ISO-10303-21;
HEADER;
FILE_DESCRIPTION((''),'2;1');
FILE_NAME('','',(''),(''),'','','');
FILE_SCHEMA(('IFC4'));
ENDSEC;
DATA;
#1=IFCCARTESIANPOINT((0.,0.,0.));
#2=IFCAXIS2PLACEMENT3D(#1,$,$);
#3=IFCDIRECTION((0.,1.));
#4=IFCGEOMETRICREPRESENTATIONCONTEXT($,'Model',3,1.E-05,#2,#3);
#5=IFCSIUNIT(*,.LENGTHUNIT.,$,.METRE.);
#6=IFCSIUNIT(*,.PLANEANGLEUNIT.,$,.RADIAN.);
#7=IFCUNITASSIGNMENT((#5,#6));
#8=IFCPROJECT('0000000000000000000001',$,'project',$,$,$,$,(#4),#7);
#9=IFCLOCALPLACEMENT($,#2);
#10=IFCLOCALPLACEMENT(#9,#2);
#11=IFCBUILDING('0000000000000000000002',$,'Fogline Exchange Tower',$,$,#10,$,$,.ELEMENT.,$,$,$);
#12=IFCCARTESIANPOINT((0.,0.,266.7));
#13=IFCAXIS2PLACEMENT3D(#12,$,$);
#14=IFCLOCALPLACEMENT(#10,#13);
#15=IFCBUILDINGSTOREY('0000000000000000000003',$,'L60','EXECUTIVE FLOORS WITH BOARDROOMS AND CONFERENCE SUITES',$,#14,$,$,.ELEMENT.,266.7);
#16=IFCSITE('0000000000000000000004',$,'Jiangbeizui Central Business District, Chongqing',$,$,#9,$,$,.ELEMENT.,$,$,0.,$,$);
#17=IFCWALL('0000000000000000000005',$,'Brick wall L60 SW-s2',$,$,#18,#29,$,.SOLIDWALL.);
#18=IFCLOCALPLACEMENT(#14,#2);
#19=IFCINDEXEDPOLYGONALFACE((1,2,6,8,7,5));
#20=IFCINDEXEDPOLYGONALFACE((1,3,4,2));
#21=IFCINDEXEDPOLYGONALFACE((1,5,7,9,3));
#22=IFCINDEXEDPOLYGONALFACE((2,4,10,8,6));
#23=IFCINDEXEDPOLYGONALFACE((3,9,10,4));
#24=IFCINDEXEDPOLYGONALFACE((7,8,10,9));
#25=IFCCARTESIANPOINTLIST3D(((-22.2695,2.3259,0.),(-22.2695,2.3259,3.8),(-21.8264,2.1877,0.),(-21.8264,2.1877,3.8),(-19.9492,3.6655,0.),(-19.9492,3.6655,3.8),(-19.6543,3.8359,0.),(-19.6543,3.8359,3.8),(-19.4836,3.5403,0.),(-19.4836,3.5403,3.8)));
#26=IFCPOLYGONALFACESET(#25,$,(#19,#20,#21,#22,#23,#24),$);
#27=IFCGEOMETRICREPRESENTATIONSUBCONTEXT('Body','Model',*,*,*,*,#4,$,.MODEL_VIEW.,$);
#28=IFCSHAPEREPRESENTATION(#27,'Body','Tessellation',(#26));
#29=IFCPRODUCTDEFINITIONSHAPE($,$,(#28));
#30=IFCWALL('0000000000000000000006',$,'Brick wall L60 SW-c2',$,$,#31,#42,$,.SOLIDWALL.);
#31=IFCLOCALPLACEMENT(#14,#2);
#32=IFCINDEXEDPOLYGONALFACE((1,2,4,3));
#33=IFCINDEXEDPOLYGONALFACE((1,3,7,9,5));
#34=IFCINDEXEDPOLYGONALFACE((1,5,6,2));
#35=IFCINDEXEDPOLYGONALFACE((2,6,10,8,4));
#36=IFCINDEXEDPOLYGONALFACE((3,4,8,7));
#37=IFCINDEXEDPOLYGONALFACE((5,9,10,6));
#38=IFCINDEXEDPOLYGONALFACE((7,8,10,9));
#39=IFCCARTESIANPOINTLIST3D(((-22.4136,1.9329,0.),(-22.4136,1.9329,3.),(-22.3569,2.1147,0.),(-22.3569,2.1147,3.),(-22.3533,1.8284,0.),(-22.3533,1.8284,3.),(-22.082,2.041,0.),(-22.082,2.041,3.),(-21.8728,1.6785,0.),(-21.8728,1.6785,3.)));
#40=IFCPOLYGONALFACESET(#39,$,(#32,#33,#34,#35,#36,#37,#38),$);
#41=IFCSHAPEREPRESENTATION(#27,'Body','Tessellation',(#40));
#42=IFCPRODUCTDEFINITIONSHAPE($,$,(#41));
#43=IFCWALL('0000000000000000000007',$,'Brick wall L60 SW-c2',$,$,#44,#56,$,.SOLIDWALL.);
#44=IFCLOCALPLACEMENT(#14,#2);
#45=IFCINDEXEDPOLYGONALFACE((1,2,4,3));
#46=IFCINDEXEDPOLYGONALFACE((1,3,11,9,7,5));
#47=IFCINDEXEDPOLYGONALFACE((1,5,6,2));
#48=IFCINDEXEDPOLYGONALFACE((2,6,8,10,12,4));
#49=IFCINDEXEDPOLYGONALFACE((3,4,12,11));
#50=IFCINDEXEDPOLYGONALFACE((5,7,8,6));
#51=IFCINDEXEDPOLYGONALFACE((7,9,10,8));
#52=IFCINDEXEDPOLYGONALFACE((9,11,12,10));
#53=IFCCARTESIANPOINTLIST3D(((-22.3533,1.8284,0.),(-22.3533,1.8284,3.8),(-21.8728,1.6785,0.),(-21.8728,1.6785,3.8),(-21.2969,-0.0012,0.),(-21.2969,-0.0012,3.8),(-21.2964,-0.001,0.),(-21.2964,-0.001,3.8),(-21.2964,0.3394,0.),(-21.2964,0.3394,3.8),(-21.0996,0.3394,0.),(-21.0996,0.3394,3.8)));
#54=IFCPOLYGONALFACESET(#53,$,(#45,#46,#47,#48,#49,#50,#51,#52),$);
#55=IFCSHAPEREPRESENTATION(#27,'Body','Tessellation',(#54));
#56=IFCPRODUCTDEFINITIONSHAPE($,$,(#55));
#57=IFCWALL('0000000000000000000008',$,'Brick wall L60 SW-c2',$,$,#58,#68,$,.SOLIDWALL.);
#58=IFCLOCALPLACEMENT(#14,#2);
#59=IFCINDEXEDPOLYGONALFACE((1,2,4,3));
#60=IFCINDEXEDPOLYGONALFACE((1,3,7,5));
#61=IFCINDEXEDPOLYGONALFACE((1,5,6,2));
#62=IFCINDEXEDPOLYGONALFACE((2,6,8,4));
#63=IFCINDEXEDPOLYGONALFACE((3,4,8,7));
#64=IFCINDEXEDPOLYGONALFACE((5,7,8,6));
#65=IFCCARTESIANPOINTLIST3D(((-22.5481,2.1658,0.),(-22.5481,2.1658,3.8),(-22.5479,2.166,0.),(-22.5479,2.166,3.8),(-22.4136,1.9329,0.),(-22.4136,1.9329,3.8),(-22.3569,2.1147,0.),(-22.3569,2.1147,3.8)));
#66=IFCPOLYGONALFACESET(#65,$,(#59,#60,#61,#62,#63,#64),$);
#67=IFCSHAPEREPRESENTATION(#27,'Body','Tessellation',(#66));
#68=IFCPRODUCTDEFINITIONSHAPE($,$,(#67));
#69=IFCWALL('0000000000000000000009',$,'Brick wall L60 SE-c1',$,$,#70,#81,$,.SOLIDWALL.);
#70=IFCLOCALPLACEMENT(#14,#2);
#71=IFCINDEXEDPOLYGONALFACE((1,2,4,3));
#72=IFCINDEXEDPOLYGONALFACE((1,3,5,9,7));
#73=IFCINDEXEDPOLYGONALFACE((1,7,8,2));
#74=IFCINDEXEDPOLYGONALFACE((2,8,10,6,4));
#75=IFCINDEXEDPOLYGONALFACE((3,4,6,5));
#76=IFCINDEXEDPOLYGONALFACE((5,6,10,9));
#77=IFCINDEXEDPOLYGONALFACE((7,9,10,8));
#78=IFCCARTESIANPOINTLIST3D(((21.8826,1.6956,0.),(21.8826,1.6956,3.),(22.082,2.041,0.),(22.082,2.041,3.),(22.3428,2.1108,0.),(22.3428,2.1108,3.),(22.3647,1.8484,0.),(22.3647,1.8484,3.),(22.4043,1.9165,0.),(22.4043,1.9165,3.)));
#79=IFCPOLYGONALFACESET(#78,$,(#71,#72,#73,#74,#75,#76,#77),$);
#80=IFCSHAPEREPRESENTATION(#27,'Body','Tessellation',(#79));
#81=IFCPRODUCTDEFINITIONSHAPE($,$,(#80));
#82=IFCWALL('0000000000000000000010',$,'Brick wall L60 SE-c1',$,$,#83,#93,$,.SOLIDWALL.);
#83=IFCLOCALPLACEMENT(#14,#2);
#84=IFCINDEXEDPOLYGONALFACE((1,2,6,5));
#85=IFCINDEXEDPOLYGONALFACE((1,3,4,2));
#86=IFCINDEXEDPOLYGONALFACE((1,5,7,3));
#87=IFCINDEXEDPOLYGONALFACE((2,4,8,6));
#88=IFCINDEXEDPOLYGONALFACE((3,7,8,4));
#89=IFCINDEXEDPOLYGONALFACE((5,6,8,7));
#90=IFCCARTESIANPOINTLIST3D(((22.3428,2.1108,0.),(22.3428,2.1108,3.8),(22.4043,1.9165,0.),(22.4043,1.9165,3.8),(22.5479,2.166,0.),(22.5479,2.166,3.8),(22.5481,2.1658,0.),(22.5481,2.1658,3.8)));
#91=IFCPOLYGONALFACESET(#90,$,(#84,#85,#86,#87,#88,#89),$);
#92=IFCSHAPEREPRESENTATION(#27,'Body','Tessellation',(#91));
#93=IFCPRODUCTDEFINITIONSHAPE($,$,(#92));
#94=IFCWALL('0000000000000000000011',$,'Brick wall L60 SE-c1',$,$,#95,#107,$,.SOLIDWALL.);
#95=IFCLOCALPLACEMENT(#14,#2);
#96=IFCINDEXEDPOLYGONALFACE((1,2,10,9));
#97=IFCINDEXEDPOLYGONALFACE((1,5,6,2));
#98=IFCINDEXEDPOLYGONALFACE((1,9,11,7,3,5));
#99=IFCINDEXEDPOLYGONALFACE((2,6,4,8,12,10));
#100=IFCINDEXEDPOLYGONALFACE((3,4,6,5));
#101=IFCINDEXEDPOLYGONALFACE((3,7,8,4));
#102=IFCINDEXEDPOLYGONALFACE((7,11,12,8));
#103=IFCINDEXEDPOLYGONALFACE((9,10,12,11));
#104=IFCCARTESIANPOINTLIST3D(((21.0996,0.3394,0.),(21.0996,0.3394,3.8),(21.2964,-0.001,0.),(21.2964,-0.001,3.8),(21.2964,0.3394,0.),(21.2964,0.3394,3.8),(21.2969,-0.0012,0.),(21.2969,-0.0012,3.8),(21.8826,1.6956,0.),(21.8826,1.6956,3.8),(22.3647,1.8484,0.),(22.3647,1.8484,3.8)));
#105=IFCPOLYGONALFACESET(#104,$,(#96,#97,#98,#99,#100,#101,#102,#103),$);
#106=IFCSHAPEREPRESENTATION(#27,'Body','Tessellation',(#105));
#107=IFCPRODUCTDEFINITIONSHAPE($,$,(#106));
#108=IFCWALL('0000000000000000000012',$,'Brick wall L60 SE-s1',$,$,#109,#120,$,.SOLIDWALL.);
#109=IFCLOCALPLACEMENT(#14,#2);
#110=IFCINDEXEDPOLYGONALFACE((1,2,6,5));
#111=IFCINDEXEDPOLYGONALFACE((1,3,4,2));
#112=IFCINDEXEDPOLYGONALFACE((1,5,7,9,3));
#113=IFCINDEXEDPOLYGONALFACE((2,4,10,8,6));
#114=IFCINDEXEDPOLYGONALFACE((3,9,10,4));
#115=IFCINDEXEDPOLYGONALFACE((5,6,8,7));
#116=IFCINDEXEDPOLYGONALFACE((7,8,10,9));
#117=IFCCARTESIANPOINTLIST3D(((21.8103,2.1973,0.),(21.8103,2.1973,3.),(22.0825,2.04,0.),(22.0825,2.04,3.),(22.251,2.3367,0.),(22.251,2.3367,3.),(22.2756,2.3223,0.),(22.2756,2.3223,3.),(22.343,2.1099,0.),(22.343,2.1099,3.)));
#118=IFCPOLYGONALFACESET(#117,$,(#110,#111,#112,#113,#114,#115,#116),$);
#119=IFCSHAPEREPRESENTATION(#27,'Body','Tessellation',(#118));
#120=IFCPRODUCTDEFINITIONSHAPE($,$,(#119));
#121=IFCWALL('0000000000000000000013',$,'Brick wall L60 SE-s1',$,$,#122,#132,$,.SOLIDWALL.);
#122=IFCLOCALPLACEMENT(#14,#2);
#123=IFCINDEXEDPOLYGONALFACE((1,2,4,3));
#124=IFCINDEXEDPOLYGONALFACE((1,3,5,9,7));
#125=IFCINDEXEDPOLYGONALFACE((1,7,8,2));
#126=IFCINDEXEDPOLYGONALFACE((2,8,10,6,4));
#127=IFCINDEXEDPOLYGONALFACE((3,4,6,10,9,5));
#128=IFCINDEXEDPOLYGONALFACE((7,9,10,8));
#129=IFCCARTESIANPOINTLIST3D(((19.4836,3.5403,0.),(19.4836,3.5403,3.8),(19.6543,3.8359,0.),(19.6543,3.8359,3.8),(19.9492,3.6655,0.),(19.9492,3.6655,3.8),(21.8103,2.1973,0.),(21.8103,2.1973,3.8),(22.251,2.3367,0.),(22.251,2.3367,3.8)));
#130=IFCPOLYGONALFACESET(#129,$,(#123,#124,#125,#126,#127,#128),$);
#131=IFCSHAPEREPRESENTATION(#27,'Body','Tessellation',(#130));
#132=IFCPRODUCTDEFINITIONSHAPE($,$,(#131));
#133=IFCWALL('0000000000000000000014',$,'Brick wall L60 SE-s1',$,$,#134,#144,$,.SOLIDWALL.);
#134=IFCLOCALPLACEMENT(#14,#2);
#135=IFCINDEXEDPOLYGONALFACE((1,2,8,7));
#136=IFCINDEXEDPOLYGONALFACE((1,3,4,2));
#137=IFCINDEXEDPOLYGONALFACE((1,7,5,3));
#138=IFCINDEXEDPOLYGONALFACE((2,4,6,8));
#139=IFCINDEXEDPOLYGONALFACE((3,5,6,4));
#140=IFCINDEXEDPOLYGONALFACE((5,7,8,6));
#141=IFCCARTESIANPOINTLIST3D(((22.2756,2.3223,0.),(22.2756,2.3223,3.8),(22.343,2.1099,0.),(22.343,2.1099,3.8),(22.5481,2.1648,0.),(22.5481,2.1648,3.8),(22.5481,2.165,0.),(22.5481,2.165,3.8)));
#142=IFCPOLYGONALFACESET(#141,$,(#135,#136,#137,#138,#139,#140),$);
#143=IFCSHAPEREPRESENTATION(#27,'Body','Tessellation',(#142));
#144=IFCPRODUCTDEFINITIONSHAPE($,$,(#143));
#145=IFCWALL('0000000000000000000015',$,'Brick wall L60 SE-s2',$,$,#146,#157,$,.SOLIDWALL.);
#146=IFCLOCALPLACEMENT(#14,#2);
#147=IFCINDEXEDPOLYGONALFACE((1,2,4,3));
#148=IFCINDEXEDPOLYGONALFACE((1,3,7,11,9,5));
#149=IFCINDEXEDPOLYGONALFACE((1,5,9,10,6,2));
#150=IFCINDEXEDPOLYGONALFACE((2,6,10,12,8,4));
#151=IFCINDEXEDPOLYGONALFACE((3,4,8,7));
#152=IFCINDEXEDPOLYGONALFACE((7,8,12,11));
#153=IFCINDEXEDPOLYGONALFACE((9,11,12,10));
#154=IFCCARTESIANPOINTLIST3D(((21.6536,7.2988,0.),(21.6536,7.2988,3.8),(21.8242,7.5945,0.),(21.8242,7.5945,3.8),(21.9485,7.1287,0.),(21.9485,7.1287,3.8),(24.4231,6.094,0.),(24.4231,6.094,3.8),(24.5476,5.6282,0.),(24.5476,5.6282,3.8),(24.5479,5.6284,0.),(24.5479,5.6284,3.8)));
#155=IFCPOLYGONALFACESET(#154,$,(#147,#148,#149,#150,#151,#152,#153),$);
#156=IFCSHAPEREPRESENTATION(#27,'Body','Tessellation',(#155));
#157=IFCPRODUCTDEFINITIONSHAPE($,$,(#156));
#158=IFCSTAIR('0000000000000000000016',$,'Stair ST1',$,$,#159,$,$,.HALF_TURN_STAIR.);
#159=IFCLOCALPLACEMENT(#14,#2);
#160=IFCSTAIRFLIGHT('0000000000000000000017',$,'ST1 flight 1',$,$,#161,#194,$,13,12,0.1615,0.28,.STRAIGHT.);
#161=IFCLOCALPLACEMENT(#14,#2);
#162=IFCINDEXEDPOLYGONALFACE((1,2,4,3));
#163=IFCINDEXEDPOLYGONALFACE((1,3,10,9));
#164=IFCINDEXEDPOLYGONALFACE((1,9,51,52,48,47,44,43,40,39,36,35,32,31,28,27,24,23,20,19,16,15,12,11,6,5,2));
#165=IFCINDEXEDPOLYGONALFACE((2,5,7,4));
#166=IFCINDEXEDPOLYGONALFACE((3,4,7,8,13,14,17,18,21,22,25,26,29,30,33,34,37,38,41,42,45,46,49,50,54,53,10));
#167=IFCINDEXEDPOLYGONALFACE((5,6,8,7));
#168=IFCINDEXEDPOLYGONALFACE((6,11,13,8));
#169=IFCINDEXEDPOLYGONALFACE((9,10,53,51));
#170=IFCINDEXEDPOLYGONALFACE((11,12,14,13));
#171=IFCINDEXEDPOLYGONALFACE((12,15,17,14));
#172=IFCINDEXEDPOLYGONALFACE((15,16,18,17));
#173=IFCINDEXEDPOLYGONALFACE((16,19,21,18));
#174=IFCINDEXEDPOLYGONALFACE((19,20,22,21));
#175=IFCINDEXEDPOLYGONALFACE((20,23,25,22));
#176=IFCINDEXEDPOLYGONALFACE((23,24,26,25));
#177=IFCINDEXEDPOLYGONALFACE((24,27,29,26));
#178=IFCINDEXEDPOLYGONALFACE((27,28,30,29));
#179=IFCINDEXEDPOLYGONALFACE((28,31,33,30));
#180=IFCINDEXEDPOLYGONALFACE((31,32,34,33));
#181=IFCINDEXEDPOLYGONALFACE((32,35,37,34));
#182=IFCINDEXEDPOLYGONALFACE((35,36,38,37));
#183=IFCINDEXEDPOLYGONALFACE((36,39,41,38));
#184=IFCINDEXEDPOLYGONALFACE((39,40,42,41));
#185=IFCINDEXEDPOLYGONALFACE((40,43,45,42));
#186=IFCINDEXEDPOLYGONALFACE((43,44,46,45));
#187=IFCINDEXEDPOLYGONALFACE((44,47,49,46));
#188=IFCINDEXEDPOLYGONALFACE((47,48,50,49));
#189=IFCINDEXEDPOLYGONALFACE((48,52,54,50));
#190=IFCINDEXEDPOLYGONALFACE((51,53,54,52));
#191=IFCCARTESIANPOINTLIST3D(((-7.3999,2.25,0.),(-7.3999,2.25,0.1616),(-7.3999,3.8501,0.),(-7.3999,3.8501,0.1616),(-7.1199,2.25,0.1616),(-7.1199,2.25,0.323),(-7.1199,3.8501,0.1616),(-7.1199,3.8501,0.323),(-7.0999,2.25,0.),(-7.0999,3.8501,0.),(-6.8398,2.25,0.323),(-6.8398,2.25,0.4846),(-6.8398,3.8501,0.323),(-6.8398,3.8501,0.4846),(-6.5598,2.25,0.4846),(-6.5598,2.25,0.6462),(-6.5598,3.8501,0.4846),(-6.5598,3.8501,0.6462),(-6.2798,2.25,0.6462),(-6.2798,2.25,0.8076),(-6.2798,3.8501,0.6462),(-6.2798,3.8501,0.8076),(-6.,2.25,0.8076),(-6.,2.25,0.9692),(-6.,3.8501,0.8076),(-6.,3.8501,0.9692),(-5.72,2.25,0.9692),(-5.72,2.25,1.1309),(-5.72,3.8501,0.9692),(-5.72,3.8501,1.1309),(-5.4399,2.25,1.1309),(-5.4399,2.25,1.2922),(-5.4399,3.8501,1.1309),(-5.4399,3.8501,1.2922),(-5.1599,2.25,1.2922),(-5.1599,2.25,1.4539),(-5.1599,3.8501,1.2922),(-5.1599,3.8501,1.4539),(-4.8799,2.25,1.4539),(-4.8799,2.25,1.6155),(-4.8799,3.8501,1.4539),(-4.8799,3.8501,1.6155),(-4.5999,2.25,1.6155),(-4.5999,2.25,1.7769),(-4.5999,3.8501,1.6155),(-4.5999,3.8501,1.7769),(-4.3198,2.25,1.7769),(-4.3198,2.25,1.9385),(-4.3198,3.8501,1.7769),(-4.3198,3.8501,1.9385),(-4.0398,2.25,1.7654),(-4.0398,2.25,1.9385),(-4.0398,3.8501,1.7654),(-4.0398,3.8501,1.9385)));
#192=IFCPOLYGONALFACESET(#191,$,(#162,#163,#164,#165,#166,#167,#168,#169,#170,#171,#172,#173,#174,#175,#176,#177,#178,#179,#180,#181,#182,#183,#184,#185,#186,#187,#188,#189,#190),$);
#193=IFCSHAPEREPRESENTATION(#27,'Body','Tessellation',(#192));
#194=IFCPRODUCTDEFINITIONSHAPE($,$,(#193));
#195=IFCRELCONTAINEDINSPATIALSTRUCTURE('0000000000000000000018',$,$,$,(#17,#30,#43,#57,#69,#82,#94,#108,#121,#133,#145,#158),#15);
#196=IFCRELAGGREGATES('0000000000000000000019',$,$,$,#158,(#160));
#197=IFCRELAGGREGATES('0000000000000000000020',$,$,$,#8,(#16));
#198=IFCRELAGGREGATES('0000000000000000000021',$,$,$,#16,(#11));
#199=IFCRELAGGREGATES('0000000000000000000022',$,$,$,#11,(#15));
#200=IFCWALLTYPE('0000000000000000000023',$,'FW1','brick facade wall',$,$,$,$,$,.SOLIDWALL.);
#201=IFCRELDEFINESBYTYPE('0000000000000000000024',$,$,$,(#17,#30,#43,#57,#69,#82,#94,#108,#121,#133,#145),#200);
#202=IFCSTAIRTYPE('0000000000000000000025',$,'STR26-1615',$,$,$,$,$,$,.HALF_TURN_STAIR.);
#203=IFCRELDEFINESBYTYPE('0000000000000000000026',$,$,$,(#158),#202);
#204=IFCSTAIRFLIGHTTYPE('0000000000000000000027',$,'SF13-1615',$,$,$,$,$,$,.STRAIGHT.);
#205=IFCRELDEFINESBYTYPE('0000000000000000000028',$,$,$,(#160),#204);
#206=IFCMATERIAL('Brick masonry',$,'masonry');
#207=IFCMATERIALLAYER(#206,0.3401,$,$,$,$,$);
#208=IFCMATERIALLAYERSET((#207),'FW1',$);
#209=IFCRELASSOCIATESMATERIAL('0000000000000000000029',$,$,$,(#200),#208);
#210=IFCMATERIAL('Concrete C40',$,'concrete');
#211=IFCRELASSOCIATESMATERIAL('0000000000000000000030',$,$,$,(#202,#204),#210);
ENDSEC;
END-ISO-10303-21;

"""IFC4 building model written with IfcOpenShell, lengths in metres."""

from ifc_helpers import new_model, si_unit, direction, frame, origin, place, context, subcontext, project, spatial, polyline, outline, extrude, material, layer, layer_set, type_object, element, aggregate, save


model = new_model("IFC4")

# Units and contexts
model_context = context("Model", 3, precision=1e-05, world=origin(), true_north=direction((0.0, 1.0)))
body_context = subcontext(model_context, "Body", "Model", "MODEL_VIEW")
ifc_project = project(units=[si_unit("LENGTHUNIT", "METRE"), si_unit("PLANEANGLEUNIT", "RADIAN")], contexts=[model_context])

# Site, building, storey
site_placement = place(None, origin())
site = spatial("IfcSite", under=ifc_project, at=site_placement, Name="Jiangbeizui Central Business District, Chongqing", CompositionType="ELEMENT", RefElevation=0.0)
building_placement = place(site_placement, origin())
building = spatial("IfcBuilding", under=site, at=building_placement, Name="Fogline Exchange Tower", CompositionType="ELEMENT")
storey_placement = place(building_placement, frame((0.0, 0.0, 266.7)))
storey = spatial("IfcBuildingStorey", under=building, at=storey_placement, Name="L60", Description="EXECUTIVE FLOORS WITH BOARDROOMS AND CONFERENCE SUITES", CompositionType="ELEMENT", Elevation=266.7)

# Shared definitions
ifc_material_1 = material(Name="Concrete C40", Category="concrete")

# Walls
ifc_material_2 = material(Name="Brick masonry", Category="masonry")
ifc_layer_1 = layer(ifc_material_2, 0.3401)
ifc_layer_set_1 = layer_set([ifc_layer_1], Name="FW1")
wall_type_1 = type_object("IfcWallType", Name="FW1", Description="brick facade wall", PredefinedType="SOLIDWALL", material=ifc_layer_set_1)
wall_1_placement = place(storey_placement, origin())
element("IfcWall", 1, at=wall_1_placement, inside=storey, type_object=wall_type_1, Name="Brick wall L60 SW-s2", PredefinedType="SOLIDWALL", context=body_context, shape_type="SweptSolid", body=[
    extrude(outline(polyline([(-19.9492, 3.6655), (-19.6543, 3.8359), (-19.4836, 3.5403), (-21.8264, 2.1877), (-22.2695, 2.3259), (-19.9492, 3.6655)])), origin(), (0.0, 0.0, 1.0), 3.8),
])
wall_2_placement = place(storey_placement, origin())
element("IfcWall", 2, at=wall_2_placement, inside=storey, type_object=wall_type_1, Name="Brick wall L60 SW-c2", PredefinedType="SOLIDWALL", context=body_context, shape_type="SweptSolid", body=[
    extrude(outline(polyline([(-22.4136, 1.9329), (-22.3569, 2.1147), (-22.082, 2.041), (-21.8728, 1.6785), (-22.3533, 1.8284), (-22.4136, 1.9329)])), origin(), (0.0, 0.0, 1.0), 3.0),
])
wall_3_placement = place(storey_placement, origin())
element("IfcWall", 3, at=wall_3_placement, inside=storey, type_object=wall_type_1, Name="Brick wall L60 SW-c2", PredefinedType="SOLIDWALL", context=body_context, shape_type="SweptSolid", body=[
    extrude(outline(polyline([(-21.2964, 0.3394), (-21.2964, -0.001), (-21.2969, -0.0012), (-22.3533, 1.8284), (-21.8728, 1.6785), (-21.0996, 0.3394), (-21.2964, 0.3394)])), origin(), (0.0, 0.0, 1.0), 3.8),
])
wall_4_placement = place(storey_placement, origin())
element("IfcWall", 4, at=wall_4_placement, inside=storey, type_object=wall_type_1, Name="Brick wall L60 SW-c2", PredefinedType="SOLIDWALL", context=body_context, shape_type="SweptSolid", body=[
    extrude(outline(polyline([(-22.5481, 2.1658), (-22.5479, 2.166), (-22.3569, 2.1147), (-22.4136, 1.9329), (-22.5481, 2.1658)])), origin(), (0.0, 0.0, 1.0), 3.8),
])
wall_5_placement = place(storey_placement, origin())
element("IfcWall", 5, at=wall_5_placement, inside=storey, type_object=wall_type_1, Name="Brick wall L60 SE-c1", PredefinedType="SOLIDWALL", context=body_context, shape_type="SweptSolid", body=[
    extrude(outline(polyline([(22.3647, 1.8484), (21.8826, 1.6956), (22.082, 2.041), (22.3428, 2.1108), (22.4043, 1.9165), (22.3647, 1.8484)])), origin(), (0.0, 0.0, 1.0), 3.0),
])
wall_6_placement = place(storey_placement, origin())
element("IfcWall", 6, at=wall_6_placement, inside=storey, type_object=wall_type_1, Name="Brick wall L60 SE-c1", PredefinedType="SOLIDWALL", context=body_context, shape_type="SweptSolid", body=[
    extrude(outline(polyline([(22.4043, 1.9165), (22.3428, 2.1108), (22.5479, 2.166), (22.5481, 2.1658), (22.4043, 1.9165)])), origin(), (0.0, 0.0, 1.0), 3.8),
])
wall_7_placement = place(storey_placement, origin())
element("IfcWall", 7, at=wall_7_placement, inside=storey, type_object=wall_type_1, Name="Brick wall L60 SE-c1", PredefinedType="SOLIDWALL", context=body_context, shape_type="SweptSolid", body=[
    extrude(outline(polyline([(21.2969, -0.0012), (21.2964, -0.001), (21.2964, 0.3394), (21.0996, 0.3394), (21.8826, 1.6956), (22.3647, 1.8484), (21.2969, -0.0012)])), origin(), (0.0, 0.0, 1.0), 3.8),
])
wall_8_placement = place(storey_placement, origin())
element("IfcWall", 8, at=wall_8_placement, inside=storey, type_object=wall_type_1, Name="Brick wall L60 SE-s1", PredefinedType="SOLIDWALL", context=body_context, shape_type="SweptSolid", body=[
    extrude(outline(polyline([(22.2756, 2.3223), (22.343, 2.1099), (22.0825, 2.04), (21.8103, 2.1973), (22.251, 2.3367), (22.2756, 2.3223)])), origin(), (0.0, 0.0, 1.0), 3.0),
])
wall_9_placement = place(storey_placement, origin())
element("IfcWall", 9, at=wall_9_placement, inside=storey, type_object=wall_type_1, Name="Brick wall L60 SE-s1", PredefinedType="SOLIDWALL", context=body_context, shape_type="SweptSolid", body=[
    extrude(outline(polyline([(19.6543, 3.8359), (19.9492, 3.6655), (22.251, 2.3367), (21.8103, 2.1973), (19.4836, 3.5403), (19.6543, 3.8359)])), origin(), (0.0, 0.0, 1.0), 3.8),
])
wall_10_placement = place(storey_placement, origin())
element("IfcWall", 10, at=wall_10_placement, inside=storey, type_object=wall_type_1, Name="Brick wall L60 SE-s1", PredefinedType="SOLIDWALL", context=body_context, shape_type="SweptSolid", body=[
    extrude(outline(polyline([(22.5481, 2.165), (22.5481, 2.1648), (22.343, 2.1099), (22.2756, 2.3223), (22.5481, 2.165)])), origin(), (0.0, 0.0, 1.0), 3.8),
])
wall_11_placement = place(storey_placement, origin())
element("IfcWall", 11, at=wall_11_placement, inside=storey, type_object=wall_type_1, Name="Brick wall L60 SE-s2", PredefinedType="SOLIDWALL", context=body_context, shape_type="SweptSolid", body=[
    extrude(outline(polyline([(24.5476, 5.6282), (21.9485, 7.1287), (21.6536, 7.2988), (21.8242, 7.5945), (24.4231, 6.094), (24.5479, 5.6284), (24.5476, 5.6282)])), origin(), (0.0, 0.0, 1.0), 3.8),
])

# Stair, stair flight
stair_type = type_object("IfcStairType", Name="STR26-1615", PredefinedType="HALF_TURN_STAIR", material=ifc_material_1)
stair_placement = place(storey_placement, origin())
stair = element("IfcStair", 12, at=stair_placement, inside=storey, type_object=stair_type, Name="Stair ST1", PredefinedType="HALF_TURN_STAIR")
stair_flight_type = type_object("IfcStairFlightType", Name="SF13-1615", PredefinedType="STRAIGHT", material=ifc_material_1)
stair_flight_1_placement = place(storey_placement, frame((-7.3999, 3.05, 0.0), z_axis=(0.0, 0.0, 1.0), x_axis=(1.0, 0.0, 0.0)))
stair_flight_1 = element("IfcStairFlight", 13, at=stair_flight_1_placement, type_object=stair_flight_type, Name="ST1 flight 1", NumberOfRisers=13, NumberOfTreads=12, PredefinedType="STRAIGHT", RiserHeight=0.1615, TreadLength=0.28, context=body_context, shape_type="SweptSolid", body=[
    extrude(outline(polyline([(0.0, 0.0), (0.0, 0.1616), (0.28, 0.1616), (0.28, 0.323), (0.5601, 0.323), (0.5601, 0.4846), (0.8401, 0.4846), (0.8401, 0.6462), (1.1201, 0.6462), (1.1201, 0.8076), (1.3999, 0.8076), (1.3999, 0.9692), (1.6799, 0.9692), (1.6799, 1.1309), (1.96, 1.1309), (1.96, 1.2922), (2.24, 1.2922), (2.24, 1.4539), (2.52, 1.4539), (2.52, 1.6155), (2.8, 1.6155), (2.8, 1.7769), (3.0801, 1.7769), (3.0801, 1.9385), (3.3601, 1.9385), (3.3601, 2.1001), (3.3601, 1.7654), (0.3, 0.0), (0.0, 0.0)])), frame((0.0, 0.8, 0.0), z_axis=(0.0, -1.0, 0.0), x_axis=(1.0, 0.0, 0.0)), (0.0, 0.0, 1.0), 1.6001),
])
aggregate(stair, [stair_flight_1])

save(model, "model.ifc")
